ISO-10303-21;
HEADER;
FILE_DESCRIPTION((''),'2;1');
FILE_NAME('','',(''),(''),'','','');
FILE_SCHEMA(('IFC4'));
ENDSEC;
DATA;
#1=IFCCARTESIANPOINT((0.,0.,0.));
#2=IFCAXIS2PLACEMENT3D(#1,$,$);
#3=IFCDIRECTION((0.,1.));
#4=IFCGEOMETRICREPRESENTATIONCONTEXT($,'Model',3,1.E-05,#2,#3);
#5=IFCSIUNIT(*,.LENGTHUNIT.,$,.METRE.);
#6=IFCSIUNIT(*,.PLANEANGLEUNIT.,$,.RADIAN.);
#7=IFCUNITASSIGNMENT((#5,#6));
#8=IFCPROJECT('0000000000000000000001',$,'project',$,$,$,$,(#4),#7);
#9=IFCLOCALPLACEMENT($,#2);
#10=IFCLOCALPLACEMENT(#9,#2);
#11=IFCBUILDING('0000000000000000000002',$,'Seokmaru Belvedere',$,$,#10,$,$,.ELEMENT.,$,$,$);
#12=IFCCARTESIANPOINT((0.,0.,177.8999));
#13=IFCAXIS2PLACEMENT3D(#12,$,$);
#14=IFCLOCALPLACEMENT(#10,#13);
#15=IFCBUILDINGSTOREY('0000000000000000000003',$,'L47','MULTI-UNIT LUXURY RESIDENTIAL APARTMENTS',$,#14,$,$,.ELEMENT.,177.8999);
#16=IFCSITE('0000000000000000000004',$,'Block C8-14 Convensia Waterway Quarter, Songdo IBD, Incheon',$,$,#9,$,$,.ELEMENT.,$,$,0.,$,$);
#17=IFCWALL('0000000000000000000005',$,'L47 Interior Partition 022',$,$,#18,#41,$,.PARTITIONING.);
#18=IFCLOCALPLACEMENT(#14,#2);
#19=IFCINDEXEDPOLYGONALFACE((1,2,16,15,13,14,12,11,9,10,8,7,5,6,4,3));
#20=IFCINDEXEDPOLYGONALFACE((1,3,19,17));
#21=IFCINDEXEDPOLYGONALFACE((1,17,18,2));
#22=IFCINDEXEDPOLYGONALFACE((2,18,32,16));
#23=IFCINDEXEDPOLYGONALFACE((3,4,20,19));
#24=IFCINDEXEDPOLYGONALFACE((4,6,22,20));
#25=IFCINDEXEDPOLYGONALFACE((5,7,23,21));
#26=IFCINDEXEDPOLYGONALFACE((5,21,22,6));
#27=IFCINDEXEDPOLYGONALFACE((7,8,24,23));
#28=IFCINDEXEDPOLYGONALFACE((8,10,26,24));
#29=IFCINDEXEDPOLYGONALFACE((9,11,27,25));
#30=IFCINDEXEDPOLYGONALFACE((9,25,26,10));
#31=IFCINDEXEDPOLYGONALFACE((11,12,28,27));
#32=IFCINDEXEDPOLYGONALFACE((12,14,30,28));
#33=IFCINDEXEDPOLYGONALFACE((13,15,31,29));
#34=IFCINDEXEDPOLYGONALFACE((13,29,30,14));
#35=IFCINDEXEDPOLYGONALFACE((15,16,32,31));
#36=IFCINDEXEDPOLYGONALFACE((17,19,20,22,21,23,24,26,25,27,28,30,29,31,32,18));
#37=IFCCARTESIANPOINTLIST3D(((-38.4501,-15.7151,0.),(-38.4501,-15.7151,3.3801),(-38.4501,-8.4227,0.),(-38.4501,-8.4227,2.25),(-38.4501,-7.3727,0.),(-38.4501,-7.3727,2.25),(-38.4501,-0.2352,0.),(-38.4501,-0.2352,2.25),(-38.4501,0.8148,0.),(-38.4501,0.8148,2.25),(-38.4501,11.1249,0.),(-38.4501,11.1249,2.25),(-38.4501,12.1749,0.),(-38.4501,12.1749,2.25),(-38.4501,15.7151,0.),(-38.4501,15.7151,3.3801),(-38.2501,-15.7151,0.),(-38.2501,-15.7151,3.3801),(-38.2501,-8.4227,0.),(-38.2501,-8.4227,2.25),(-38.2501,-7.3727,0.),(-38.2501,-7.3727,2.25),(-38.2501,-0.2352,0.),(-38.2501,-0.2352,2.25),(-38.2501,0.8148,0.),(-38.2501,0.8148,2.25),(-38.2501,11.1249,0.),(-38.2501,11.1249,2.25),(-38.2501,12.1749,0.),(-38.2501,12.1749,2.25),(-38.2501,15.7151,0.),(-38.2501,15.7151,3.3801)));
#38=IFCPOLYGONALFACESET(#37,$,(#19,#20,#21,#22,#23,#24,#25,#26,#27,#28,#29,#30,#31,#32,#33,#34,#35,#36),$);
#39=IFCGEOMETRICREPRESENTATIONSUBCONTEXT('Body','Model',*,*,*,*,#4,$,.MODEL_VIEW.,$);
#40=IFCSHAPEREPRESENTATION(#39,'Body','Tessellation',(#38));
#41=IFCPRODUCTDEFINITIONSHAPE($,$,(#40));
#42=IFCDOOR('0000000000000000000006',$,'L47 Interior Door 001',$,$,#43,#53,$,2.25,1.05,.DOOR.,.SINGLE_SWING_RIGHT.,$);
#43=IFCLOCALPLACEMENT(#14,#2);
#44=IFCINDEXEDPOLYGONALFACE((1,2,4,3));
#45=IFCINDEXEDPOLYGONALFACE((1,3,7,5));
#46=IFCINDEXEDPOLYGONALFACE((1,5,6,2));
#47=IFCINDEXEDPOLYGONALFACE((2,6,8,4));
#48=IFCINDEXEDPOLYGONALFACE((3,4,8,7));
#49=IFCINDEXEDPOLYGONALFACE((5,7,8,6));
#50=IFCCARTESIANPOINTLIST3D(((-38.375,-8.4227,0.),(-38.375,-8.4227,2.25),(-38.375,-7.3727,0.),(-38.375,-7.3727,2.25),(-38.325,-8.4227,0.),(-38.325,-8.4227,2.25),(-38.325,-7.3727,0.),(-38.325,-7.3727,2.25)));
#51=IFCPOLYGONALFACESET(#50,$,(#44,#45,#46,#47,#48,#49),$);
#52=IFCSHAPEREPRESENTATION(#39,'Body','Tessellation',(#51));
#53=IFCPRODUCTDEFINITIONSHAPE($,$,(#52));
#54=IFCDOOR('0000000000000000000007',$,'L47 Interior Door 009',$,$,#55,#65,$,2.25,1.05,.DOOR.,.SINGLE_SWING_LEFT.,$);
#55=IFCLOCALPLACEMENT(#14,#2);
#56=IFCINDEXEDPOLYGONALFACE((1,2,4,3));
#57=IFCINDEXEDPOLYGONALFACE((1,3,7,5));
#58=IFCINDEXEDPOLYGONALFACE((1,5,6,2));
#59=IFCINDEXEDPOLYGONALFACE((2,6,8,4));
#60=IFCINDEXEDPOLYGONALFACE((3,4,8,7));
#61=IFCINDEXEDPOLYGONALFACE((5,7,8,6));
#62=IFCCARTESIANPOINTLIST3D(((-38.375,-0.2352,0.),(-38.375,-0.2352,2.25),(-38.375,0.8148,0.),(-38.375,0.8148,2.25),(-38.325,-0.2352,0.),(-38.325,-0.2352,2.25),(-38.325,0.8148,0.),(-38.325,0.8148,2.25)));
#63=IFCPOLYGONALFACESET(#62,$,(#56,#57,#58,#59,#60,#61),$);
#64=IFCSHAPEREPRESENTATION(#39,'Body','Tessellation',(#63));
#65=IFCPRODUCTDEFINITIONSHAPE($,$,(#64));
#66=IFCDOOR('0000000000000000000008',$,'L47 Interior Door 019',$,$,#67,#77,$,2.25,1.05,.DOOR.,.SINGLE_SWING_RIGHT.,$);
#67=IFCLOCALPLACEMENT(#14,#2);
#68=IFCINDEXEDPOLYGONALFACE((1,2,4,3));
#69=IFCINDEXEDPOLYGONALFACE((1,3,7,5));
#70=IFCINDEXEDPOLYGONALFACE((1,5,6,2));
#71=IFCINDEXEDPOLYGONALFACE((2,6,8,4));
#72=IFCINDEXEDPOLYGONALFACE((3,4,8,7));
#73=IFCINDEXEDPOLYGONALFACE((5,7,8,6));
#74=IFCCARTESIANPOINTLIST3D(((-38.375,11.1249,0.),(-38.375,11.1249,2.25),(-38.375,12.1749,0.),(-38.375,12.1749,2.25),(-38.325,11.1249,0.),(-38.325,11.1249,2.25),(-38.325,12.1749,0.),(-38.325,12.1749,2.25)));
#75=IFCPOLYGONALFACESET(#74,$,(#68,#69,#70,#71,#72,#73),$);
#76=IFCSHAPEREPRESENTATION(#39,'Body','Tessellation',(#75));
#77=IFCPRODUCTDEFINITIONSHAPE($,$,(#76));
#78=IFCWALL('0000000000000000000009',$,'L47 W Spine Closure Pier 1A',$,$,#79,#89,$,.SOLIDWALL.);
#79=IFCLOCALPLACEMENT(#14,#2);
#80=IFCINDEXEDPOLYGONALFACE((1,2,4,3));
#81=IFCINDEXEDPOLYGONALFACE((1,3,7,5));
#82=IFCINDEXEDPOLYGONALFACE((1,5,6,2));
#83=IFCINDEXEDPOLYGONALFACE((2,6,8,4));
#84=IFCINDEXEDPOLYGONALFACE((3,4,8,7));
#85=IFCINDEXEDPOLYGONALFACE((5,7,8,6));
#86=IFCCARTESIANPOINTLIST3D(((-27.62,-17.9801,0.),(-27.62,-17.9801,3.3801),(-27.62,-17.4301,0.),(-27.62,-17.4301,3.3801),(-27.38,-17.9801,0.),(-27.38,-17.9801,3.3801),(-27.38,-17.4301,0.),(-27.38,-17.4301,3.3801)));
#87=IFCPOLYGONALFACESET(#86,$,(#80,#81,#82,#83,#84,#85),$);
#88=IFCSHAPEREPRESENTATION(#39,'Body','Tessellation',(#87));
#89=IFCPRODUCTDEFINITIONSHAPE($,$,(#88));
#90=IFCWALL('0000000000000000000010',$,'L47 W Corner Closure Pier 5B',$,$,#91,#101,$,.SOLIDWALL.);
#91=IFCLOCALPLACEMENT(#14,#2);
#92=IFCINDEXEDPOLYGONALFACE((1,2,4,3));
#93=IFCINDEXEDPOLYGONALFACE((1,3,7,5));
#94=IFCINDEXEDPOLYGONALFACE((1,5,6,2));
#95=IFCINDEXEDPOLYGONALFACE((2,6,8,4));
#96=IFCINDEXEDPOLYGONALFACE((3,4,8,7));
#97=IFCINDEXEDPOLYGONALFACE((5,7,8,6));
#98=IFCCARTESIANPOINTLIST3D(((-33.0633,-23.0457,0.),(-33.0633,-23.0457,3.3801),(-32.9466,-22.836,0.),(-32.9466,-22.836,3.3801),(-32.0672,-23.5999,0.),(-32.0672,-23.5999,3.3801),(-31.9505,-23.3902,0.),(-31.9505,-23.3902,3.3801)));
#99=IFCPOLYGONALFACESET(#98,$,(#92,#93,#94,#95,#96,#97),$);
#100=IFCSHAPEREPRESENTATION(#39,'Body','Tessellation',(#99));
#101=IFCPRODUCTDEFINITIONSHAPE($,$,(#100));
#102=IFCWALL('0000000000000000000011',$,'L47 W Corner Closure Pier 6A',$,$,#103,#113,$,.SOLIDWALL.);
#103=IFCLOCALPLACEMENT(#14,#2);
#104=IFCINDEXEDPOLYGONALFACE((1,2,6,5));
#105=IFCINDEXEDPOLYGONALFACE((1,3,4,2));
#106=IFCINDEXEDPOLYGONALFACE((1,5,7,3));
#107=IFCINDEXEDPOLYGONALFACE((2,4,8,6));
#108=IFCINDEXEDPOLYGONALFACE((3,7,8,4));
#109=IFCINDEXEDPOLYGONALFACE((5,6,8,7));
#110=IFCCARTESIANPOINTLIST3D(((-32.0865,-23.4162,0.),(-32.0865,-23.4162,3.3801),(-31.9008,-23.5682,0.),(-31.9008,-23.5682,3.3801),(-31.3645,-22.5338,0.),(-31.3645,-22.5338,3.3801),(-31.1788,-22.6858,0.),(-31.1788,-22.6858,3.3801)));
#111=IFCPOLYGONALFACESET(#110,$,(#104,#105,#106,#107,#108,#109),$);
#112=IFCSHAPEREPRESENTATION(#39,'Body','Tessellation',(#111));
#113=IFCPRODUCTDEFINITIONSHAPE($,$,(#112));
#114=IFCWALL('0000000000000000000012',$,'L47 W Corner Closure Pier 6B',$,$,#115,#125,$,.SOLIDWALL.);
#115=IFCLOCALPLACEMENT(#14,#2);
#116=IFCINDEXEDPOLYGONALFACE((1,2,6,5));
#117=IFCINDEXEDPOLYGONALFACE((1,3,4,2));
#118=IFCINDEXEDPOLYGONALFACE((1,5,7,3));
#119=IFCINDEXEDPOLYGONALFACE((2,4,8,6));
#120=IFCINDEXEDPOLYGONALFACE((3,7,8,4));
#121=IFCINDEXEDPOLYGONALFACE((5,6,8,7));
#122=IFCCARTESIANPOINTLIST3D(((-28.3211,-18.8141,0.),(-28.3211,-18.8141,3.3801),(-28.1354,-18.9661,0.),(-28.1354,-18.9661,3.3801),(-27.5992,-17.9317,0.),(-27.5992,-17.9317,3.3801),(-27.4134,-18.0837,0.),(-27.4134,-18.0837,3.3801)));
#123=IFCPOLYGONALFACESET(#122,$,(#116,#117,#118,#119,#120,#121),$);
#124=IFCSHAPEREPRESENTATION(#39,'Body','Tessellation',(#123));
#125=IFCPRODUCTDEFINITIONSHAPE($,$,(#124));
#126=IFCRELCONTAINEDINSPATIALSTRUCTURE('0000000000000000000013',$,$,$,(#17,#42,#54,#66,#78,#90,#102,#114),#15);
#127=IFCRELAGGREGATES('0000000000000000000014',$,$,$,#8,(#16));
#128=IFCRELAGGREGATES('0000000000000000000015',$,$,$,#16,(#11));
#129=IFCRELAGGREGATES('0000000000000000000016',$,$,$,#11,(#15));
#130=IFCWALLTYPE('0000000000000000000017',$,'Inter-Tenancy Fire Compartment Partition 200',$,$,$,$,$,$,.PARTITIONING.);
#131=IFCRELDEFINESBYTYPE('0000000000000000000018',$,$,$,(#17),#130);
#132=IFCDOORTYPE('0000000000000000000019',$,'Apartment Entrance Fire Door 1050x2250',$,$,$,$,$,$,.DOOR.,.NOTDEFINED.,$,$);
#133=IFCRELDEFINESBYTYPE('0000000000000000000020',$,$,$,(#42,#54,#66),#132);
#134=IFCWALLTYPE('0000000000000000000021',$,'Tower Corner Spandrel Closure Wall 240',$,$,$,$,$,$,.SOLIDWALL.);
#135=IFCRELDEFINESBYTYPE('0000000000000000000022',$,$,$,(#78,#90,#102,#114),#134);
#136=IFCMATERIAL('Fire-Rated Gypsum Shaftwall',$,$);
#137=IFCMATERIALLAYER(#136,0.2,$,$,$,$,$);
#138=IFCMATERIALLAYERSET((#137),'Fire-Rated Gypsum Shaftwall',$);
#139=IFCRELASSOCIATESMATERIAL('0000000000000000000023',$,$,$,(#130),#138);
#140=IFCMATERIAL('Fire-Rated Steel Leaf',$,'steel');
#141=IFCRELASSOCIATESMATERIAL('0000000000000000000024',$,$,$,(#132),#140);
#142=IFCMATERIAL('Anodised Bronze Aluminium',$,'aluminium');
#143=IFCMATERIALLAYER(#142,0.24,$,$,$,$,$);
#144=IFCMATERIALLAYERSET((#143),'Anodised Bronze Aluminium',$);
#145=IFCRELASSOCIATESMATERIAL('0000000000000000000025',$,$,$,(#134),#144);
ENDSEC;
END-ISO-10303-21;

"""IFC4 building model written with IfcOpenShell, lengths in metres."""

from ifc_helpers import new_model, si_unit, direction, frame, frame_2d, origin, place, context, subcontext, project, spatial, rectangle, extrude, source, transform, mapped, material, layer, layer_set, type_object, type_shapes, element, fill, save


model = new_model("IFC4")

# Units and contexts
model_context = context("Model", 3, precision=1e-05, world=origin(), true_north=direction((0.0, 1.0)))
body_context = subcontext(model_context, "Body", "Model", "MODEL_VIEW")
ifc_project = project(units=[si_unit("LENGTHUNIT", "METRE"), si_unit("PLANEANGLEUNIT", "RADIAN")], contexts=[model_context])

# Site, building, storey
site_placement = place(None, origin())
site = spatial("IfcSite", under=ifc_project, at=site_placement, Name="Block C8-14 Convensia Waterway Quarter, Songdo IBD, Incheon", CompositionType="ELEMENT", RefElevation=0.0)
building_placement = place(site_placement, origin())
building = spatial("IfcBuilding", under=site, at=building_placement, Name="Seokmaru Belvedere", CompositionType="ELEMENT")
storey_placement = place(building_placement, frame((0.0, 0.0, 177.8999)))
storey = spatial("IfcBuildingStorey", under=building, at=storey_placement, Name="L47", Description="MULTI-UNIT LUXURY RESIDENTIAL APARTMENTS", CompositionType="ELEMENT", Elevation=177.8999)

# Shared definitions
ifc_material_1 = material(Name="Anodised Bronze Aluminium", Category="aluminium")

# Shared definitions
ifc_material_2 = material(Name="Fire-Rated Gypsum Shaftwall")

# Shared definitions
ifc_layer_1 = layer(ifc_material_2, 0.2)
ifc_layer_set_1 = layer_set([ifc_layer_1], Name="Fire-Rated Gypsum Shaftwall")
wall_type_1 = type_object("IfcWallType", Name="Inter-Tenancy Fire Compartment Partition 200", PredefinedType="PARTITIONING", material=ifc_layer_set_1)

# Wall, openings, doors
wall_1_placement = place(storey_placement, frame((-38.3501, -15.7151, 0.0), z_axis=(0.0, 0.0, 1.0), x_axis=(0.0, 1.0, 0.0)))
wall_1 = element("IfcWall", 1, at=wall_1_placement, inside=storey, type_object=wall_type_1, Name="L47 Interior Partition 022", PredefinedType="PARTITIONING", context=body_context, shape_type="SweptSolid", body=[
    extrude(rectangle(XDim=31.4302, YDim=0.2, at=frame_2d((15.7151, 0.0))), origin(), (0.0, 0.0, 1.0), 3.3801),
])
opening_1_placement = place(wall_1_placement, frame((7.2925, 0.0, 0.0)))
opening_1 = element("IfcOpeningElement", 2, at=opening_1_placement, cuts=wall_1, PredefinedType="OPENING", context=body_context, shape_type="SweptSolid", body=[
    extrude(rectangle(XDim=1.05, YDim=2.25, at=frame_2d((0.5249, 1.125))), frame((0.0, 0.1099, 0.0), z_axis=(0.0, -1.0, 0.0), x_axis=(1.0, 0.0, 0.0)), (0.0, 0.0, 1.0), 0.22),
])
opening_2_placement = place(wall_1_placement, frame((15.48, 0.0, 0.0)))
opening_2 = element("IfcOpeningElement", 3, at=opening_2_placement, cuts=wall_1, PredefinedType="OPENING", context=body_context, shape_type="SweptSolid", body=[
    extrude(rectangle(XDim=1.05, YDim=2.25, at=frame_2d((0.5249, 1.125))), frame((0.0, 0.1099, 0.0), z_axis=(0.0, -1.0, 0.0), x_axis=(1.0, 0.0, 0.0)), (0.0, 0.0, 1.0), 0.22),
])
opening_3_placement = place(wall_1_placement, frame((26.8401, 0.0, 0.0)))
opening_3 = element("IfcOpeningElement", 4, at=opening_3_placement, cuts=wall_1, PredefinedType="OPENING", context=body_context, shape_type="SweptSolid", body=[
    extrude(rectangle(XDim=1.05, YDim=2.25, at=frame_2d((0.5249, 1.125))), frame((0.0, 0.1099, 0.0), z_axis=(0.0, -1.0, 0.0), x_axis=(1.0, 0.0, 0.0)), (0.0, 0.0, 1.0), 0.22),
])
ifc_material_3 = material(Name="Fire-Rated Steel Leaf", Category="steel")
door_type_1 = type_object("IfcDoorType", Name="Apartment Entrance Fire Door 1050x2250", OperationType="NOTDEFINED", PredefinedType="DOOR", material=ifc_material_3)
shared_shape_1 = source(origin(), body_context, "Body", "SweptSolid", [
    extrude(rectangle(XDim=1.05, YDim=2.25, at=frame_2d((0.5249, 1.125))), frame((0.0, 0.0249, 0.0), z_axis=(0.0, -1.0, 0.0), x_axis=(1.0, 0.0, 0.0)), (0.0, 0.0, 1.0), 0.05),
])
type_shapes(door_type_1, [shared_shape_1])
door_1_placement = place(opening_1_placement, origin())
door_1 = element("IfcDoor", 5, at=door_1_placement, inside=storey, type_object=door_type_1, Name="L47 Interior Door 001", OperationType="SINGLE_SWING_RIGHT", OverallHeight=2.25, OverallWidth=1.05, PredefinedType="DOOR", context=body_context, shape_type="MappedRepresentation", body=[
    mapped(shared_shape_1, transform((0.0, 0.0, 0.0), scale=1.0)),
])
fill(opening_1, door_1)
door_2_placement = place(opening_2_placement, origin())
door_2 = element("IfcDoor", 6, at=door_2_placement, inside=storey, type_object=door_type_1, Name="L47 Interior Door 009", OperationType="SINGLE_SWING_LEFT", OverallHeight=2.25, OverallWidth=1.05, PredefinedType="DOOR", context=body_context, shape_type="MappedRepresentation", body=[
    mapped(shared_shape_1, transform((0.0, 0.0, 0.0), scale=1.0)),
])
fill(opening_2, door_2)
door_3_placement = place(opening_3_placement, origin())
door_3 = element("IfcDoor", 7, at=door_3_placement, inside=storey, type_object=door_type_1, Name="L47 Interior Door 019", OperationType="SINGLE_SWING_RIGHT", OverallHeight=2.25, OverallWidth=1.05, PredefinedType="DOOR", context=body_context, shape_type="MappedRepresentation", body=[
    mapped(shared_shape_1, transform((0.0, 0.0, 0.0), scale=1.0)),
])
fill(opening_3, door_3)

# Walls
ifc_layer_2 = layer(ifc_material_1, 0.24)
ifc_layer_set_2 = layer_set([ifc_layer_2], Name="Anodised Bronze Aluminium")
wall_type_2 = type_object("IfcWallType", Name="Tower Corner Spandrel Closure Wall 240", PredefinedType="SOLIDWALL", material=ifc_layer_set_2)
wall_2_placement = place(storey_placement, frame((-27.5, -17.98, 0.0), z_axis=(0.0, 0.0, 1.0), x_axis=(0.0, 1.0, 0.0)))
element("IfcWall", 8, at=wall_2_placement, inside=storey, type_object=wall_type_2, Name="L47 W Spine Closure Pier 1A", PredefinedType="SOLIDWALL", context=body_context, shape_type="SweptSolid", body=[
    extrude(rectangle(XDim=0.55, YDim=0.24, at=frame_2d((0.2749, 0.0))), origin(), (0.0, 0.0, 1.0), 3.3801),
])
wall_3_placement = place(storey_placement, frame((-33.0049, -22.9409, 0.0), z_axis=(0.0, 0.0, 1.0), x_axis=(0.873854, -0.486188, 0.0)))
element("IfcWall", 9, at=wall_3_placement, inside=storey, type_object=wall_type_2, Name="L47 W Corner Closure Pier 5B", PredefinedType="SOLIDWALL", context=body_context, shape_type="SweptSolid", body=[
    extrude(rectangle(XDim=1.1399, YDim=0.24, at=frame_2d((0.5698, 0.0))), origin(), (0.0, 0.0, 1.0), 3.3801),
])
for number, where, z_axis, x_axis, name in (
    (10, (-31.9937, -23.4922, 0.0), (0.0, 0.0, 1.0), (0.633249, 0.773948, 0.0), "L47 W Corner Closure Pier 6A"),
    (11, (-28.2283, -18.8901, 0.0), (0.0, 0.0, 1.0), (0.633249, 0.773948, 0.0), "L47 W Corner Closure Pier 6B"),
):
    element("IfcWall", number, at=place(storey_placement, frame(where, z_axis=z_axis, x_axis=x_axis)), inside=storey, type_object=wall_type_2, Name=name, PredefinedType="SOLIDWALL", context=body_context, shape_type="SweptSolid", body=[
        extrude(rectangle(XDim=1.1401, YDim=0.24, at=frame_2d((0.5701, 0.0))), origin(), (0.0, 0.0, 1.0), 3.3801),
    ])

save(model, "model.ifc")
